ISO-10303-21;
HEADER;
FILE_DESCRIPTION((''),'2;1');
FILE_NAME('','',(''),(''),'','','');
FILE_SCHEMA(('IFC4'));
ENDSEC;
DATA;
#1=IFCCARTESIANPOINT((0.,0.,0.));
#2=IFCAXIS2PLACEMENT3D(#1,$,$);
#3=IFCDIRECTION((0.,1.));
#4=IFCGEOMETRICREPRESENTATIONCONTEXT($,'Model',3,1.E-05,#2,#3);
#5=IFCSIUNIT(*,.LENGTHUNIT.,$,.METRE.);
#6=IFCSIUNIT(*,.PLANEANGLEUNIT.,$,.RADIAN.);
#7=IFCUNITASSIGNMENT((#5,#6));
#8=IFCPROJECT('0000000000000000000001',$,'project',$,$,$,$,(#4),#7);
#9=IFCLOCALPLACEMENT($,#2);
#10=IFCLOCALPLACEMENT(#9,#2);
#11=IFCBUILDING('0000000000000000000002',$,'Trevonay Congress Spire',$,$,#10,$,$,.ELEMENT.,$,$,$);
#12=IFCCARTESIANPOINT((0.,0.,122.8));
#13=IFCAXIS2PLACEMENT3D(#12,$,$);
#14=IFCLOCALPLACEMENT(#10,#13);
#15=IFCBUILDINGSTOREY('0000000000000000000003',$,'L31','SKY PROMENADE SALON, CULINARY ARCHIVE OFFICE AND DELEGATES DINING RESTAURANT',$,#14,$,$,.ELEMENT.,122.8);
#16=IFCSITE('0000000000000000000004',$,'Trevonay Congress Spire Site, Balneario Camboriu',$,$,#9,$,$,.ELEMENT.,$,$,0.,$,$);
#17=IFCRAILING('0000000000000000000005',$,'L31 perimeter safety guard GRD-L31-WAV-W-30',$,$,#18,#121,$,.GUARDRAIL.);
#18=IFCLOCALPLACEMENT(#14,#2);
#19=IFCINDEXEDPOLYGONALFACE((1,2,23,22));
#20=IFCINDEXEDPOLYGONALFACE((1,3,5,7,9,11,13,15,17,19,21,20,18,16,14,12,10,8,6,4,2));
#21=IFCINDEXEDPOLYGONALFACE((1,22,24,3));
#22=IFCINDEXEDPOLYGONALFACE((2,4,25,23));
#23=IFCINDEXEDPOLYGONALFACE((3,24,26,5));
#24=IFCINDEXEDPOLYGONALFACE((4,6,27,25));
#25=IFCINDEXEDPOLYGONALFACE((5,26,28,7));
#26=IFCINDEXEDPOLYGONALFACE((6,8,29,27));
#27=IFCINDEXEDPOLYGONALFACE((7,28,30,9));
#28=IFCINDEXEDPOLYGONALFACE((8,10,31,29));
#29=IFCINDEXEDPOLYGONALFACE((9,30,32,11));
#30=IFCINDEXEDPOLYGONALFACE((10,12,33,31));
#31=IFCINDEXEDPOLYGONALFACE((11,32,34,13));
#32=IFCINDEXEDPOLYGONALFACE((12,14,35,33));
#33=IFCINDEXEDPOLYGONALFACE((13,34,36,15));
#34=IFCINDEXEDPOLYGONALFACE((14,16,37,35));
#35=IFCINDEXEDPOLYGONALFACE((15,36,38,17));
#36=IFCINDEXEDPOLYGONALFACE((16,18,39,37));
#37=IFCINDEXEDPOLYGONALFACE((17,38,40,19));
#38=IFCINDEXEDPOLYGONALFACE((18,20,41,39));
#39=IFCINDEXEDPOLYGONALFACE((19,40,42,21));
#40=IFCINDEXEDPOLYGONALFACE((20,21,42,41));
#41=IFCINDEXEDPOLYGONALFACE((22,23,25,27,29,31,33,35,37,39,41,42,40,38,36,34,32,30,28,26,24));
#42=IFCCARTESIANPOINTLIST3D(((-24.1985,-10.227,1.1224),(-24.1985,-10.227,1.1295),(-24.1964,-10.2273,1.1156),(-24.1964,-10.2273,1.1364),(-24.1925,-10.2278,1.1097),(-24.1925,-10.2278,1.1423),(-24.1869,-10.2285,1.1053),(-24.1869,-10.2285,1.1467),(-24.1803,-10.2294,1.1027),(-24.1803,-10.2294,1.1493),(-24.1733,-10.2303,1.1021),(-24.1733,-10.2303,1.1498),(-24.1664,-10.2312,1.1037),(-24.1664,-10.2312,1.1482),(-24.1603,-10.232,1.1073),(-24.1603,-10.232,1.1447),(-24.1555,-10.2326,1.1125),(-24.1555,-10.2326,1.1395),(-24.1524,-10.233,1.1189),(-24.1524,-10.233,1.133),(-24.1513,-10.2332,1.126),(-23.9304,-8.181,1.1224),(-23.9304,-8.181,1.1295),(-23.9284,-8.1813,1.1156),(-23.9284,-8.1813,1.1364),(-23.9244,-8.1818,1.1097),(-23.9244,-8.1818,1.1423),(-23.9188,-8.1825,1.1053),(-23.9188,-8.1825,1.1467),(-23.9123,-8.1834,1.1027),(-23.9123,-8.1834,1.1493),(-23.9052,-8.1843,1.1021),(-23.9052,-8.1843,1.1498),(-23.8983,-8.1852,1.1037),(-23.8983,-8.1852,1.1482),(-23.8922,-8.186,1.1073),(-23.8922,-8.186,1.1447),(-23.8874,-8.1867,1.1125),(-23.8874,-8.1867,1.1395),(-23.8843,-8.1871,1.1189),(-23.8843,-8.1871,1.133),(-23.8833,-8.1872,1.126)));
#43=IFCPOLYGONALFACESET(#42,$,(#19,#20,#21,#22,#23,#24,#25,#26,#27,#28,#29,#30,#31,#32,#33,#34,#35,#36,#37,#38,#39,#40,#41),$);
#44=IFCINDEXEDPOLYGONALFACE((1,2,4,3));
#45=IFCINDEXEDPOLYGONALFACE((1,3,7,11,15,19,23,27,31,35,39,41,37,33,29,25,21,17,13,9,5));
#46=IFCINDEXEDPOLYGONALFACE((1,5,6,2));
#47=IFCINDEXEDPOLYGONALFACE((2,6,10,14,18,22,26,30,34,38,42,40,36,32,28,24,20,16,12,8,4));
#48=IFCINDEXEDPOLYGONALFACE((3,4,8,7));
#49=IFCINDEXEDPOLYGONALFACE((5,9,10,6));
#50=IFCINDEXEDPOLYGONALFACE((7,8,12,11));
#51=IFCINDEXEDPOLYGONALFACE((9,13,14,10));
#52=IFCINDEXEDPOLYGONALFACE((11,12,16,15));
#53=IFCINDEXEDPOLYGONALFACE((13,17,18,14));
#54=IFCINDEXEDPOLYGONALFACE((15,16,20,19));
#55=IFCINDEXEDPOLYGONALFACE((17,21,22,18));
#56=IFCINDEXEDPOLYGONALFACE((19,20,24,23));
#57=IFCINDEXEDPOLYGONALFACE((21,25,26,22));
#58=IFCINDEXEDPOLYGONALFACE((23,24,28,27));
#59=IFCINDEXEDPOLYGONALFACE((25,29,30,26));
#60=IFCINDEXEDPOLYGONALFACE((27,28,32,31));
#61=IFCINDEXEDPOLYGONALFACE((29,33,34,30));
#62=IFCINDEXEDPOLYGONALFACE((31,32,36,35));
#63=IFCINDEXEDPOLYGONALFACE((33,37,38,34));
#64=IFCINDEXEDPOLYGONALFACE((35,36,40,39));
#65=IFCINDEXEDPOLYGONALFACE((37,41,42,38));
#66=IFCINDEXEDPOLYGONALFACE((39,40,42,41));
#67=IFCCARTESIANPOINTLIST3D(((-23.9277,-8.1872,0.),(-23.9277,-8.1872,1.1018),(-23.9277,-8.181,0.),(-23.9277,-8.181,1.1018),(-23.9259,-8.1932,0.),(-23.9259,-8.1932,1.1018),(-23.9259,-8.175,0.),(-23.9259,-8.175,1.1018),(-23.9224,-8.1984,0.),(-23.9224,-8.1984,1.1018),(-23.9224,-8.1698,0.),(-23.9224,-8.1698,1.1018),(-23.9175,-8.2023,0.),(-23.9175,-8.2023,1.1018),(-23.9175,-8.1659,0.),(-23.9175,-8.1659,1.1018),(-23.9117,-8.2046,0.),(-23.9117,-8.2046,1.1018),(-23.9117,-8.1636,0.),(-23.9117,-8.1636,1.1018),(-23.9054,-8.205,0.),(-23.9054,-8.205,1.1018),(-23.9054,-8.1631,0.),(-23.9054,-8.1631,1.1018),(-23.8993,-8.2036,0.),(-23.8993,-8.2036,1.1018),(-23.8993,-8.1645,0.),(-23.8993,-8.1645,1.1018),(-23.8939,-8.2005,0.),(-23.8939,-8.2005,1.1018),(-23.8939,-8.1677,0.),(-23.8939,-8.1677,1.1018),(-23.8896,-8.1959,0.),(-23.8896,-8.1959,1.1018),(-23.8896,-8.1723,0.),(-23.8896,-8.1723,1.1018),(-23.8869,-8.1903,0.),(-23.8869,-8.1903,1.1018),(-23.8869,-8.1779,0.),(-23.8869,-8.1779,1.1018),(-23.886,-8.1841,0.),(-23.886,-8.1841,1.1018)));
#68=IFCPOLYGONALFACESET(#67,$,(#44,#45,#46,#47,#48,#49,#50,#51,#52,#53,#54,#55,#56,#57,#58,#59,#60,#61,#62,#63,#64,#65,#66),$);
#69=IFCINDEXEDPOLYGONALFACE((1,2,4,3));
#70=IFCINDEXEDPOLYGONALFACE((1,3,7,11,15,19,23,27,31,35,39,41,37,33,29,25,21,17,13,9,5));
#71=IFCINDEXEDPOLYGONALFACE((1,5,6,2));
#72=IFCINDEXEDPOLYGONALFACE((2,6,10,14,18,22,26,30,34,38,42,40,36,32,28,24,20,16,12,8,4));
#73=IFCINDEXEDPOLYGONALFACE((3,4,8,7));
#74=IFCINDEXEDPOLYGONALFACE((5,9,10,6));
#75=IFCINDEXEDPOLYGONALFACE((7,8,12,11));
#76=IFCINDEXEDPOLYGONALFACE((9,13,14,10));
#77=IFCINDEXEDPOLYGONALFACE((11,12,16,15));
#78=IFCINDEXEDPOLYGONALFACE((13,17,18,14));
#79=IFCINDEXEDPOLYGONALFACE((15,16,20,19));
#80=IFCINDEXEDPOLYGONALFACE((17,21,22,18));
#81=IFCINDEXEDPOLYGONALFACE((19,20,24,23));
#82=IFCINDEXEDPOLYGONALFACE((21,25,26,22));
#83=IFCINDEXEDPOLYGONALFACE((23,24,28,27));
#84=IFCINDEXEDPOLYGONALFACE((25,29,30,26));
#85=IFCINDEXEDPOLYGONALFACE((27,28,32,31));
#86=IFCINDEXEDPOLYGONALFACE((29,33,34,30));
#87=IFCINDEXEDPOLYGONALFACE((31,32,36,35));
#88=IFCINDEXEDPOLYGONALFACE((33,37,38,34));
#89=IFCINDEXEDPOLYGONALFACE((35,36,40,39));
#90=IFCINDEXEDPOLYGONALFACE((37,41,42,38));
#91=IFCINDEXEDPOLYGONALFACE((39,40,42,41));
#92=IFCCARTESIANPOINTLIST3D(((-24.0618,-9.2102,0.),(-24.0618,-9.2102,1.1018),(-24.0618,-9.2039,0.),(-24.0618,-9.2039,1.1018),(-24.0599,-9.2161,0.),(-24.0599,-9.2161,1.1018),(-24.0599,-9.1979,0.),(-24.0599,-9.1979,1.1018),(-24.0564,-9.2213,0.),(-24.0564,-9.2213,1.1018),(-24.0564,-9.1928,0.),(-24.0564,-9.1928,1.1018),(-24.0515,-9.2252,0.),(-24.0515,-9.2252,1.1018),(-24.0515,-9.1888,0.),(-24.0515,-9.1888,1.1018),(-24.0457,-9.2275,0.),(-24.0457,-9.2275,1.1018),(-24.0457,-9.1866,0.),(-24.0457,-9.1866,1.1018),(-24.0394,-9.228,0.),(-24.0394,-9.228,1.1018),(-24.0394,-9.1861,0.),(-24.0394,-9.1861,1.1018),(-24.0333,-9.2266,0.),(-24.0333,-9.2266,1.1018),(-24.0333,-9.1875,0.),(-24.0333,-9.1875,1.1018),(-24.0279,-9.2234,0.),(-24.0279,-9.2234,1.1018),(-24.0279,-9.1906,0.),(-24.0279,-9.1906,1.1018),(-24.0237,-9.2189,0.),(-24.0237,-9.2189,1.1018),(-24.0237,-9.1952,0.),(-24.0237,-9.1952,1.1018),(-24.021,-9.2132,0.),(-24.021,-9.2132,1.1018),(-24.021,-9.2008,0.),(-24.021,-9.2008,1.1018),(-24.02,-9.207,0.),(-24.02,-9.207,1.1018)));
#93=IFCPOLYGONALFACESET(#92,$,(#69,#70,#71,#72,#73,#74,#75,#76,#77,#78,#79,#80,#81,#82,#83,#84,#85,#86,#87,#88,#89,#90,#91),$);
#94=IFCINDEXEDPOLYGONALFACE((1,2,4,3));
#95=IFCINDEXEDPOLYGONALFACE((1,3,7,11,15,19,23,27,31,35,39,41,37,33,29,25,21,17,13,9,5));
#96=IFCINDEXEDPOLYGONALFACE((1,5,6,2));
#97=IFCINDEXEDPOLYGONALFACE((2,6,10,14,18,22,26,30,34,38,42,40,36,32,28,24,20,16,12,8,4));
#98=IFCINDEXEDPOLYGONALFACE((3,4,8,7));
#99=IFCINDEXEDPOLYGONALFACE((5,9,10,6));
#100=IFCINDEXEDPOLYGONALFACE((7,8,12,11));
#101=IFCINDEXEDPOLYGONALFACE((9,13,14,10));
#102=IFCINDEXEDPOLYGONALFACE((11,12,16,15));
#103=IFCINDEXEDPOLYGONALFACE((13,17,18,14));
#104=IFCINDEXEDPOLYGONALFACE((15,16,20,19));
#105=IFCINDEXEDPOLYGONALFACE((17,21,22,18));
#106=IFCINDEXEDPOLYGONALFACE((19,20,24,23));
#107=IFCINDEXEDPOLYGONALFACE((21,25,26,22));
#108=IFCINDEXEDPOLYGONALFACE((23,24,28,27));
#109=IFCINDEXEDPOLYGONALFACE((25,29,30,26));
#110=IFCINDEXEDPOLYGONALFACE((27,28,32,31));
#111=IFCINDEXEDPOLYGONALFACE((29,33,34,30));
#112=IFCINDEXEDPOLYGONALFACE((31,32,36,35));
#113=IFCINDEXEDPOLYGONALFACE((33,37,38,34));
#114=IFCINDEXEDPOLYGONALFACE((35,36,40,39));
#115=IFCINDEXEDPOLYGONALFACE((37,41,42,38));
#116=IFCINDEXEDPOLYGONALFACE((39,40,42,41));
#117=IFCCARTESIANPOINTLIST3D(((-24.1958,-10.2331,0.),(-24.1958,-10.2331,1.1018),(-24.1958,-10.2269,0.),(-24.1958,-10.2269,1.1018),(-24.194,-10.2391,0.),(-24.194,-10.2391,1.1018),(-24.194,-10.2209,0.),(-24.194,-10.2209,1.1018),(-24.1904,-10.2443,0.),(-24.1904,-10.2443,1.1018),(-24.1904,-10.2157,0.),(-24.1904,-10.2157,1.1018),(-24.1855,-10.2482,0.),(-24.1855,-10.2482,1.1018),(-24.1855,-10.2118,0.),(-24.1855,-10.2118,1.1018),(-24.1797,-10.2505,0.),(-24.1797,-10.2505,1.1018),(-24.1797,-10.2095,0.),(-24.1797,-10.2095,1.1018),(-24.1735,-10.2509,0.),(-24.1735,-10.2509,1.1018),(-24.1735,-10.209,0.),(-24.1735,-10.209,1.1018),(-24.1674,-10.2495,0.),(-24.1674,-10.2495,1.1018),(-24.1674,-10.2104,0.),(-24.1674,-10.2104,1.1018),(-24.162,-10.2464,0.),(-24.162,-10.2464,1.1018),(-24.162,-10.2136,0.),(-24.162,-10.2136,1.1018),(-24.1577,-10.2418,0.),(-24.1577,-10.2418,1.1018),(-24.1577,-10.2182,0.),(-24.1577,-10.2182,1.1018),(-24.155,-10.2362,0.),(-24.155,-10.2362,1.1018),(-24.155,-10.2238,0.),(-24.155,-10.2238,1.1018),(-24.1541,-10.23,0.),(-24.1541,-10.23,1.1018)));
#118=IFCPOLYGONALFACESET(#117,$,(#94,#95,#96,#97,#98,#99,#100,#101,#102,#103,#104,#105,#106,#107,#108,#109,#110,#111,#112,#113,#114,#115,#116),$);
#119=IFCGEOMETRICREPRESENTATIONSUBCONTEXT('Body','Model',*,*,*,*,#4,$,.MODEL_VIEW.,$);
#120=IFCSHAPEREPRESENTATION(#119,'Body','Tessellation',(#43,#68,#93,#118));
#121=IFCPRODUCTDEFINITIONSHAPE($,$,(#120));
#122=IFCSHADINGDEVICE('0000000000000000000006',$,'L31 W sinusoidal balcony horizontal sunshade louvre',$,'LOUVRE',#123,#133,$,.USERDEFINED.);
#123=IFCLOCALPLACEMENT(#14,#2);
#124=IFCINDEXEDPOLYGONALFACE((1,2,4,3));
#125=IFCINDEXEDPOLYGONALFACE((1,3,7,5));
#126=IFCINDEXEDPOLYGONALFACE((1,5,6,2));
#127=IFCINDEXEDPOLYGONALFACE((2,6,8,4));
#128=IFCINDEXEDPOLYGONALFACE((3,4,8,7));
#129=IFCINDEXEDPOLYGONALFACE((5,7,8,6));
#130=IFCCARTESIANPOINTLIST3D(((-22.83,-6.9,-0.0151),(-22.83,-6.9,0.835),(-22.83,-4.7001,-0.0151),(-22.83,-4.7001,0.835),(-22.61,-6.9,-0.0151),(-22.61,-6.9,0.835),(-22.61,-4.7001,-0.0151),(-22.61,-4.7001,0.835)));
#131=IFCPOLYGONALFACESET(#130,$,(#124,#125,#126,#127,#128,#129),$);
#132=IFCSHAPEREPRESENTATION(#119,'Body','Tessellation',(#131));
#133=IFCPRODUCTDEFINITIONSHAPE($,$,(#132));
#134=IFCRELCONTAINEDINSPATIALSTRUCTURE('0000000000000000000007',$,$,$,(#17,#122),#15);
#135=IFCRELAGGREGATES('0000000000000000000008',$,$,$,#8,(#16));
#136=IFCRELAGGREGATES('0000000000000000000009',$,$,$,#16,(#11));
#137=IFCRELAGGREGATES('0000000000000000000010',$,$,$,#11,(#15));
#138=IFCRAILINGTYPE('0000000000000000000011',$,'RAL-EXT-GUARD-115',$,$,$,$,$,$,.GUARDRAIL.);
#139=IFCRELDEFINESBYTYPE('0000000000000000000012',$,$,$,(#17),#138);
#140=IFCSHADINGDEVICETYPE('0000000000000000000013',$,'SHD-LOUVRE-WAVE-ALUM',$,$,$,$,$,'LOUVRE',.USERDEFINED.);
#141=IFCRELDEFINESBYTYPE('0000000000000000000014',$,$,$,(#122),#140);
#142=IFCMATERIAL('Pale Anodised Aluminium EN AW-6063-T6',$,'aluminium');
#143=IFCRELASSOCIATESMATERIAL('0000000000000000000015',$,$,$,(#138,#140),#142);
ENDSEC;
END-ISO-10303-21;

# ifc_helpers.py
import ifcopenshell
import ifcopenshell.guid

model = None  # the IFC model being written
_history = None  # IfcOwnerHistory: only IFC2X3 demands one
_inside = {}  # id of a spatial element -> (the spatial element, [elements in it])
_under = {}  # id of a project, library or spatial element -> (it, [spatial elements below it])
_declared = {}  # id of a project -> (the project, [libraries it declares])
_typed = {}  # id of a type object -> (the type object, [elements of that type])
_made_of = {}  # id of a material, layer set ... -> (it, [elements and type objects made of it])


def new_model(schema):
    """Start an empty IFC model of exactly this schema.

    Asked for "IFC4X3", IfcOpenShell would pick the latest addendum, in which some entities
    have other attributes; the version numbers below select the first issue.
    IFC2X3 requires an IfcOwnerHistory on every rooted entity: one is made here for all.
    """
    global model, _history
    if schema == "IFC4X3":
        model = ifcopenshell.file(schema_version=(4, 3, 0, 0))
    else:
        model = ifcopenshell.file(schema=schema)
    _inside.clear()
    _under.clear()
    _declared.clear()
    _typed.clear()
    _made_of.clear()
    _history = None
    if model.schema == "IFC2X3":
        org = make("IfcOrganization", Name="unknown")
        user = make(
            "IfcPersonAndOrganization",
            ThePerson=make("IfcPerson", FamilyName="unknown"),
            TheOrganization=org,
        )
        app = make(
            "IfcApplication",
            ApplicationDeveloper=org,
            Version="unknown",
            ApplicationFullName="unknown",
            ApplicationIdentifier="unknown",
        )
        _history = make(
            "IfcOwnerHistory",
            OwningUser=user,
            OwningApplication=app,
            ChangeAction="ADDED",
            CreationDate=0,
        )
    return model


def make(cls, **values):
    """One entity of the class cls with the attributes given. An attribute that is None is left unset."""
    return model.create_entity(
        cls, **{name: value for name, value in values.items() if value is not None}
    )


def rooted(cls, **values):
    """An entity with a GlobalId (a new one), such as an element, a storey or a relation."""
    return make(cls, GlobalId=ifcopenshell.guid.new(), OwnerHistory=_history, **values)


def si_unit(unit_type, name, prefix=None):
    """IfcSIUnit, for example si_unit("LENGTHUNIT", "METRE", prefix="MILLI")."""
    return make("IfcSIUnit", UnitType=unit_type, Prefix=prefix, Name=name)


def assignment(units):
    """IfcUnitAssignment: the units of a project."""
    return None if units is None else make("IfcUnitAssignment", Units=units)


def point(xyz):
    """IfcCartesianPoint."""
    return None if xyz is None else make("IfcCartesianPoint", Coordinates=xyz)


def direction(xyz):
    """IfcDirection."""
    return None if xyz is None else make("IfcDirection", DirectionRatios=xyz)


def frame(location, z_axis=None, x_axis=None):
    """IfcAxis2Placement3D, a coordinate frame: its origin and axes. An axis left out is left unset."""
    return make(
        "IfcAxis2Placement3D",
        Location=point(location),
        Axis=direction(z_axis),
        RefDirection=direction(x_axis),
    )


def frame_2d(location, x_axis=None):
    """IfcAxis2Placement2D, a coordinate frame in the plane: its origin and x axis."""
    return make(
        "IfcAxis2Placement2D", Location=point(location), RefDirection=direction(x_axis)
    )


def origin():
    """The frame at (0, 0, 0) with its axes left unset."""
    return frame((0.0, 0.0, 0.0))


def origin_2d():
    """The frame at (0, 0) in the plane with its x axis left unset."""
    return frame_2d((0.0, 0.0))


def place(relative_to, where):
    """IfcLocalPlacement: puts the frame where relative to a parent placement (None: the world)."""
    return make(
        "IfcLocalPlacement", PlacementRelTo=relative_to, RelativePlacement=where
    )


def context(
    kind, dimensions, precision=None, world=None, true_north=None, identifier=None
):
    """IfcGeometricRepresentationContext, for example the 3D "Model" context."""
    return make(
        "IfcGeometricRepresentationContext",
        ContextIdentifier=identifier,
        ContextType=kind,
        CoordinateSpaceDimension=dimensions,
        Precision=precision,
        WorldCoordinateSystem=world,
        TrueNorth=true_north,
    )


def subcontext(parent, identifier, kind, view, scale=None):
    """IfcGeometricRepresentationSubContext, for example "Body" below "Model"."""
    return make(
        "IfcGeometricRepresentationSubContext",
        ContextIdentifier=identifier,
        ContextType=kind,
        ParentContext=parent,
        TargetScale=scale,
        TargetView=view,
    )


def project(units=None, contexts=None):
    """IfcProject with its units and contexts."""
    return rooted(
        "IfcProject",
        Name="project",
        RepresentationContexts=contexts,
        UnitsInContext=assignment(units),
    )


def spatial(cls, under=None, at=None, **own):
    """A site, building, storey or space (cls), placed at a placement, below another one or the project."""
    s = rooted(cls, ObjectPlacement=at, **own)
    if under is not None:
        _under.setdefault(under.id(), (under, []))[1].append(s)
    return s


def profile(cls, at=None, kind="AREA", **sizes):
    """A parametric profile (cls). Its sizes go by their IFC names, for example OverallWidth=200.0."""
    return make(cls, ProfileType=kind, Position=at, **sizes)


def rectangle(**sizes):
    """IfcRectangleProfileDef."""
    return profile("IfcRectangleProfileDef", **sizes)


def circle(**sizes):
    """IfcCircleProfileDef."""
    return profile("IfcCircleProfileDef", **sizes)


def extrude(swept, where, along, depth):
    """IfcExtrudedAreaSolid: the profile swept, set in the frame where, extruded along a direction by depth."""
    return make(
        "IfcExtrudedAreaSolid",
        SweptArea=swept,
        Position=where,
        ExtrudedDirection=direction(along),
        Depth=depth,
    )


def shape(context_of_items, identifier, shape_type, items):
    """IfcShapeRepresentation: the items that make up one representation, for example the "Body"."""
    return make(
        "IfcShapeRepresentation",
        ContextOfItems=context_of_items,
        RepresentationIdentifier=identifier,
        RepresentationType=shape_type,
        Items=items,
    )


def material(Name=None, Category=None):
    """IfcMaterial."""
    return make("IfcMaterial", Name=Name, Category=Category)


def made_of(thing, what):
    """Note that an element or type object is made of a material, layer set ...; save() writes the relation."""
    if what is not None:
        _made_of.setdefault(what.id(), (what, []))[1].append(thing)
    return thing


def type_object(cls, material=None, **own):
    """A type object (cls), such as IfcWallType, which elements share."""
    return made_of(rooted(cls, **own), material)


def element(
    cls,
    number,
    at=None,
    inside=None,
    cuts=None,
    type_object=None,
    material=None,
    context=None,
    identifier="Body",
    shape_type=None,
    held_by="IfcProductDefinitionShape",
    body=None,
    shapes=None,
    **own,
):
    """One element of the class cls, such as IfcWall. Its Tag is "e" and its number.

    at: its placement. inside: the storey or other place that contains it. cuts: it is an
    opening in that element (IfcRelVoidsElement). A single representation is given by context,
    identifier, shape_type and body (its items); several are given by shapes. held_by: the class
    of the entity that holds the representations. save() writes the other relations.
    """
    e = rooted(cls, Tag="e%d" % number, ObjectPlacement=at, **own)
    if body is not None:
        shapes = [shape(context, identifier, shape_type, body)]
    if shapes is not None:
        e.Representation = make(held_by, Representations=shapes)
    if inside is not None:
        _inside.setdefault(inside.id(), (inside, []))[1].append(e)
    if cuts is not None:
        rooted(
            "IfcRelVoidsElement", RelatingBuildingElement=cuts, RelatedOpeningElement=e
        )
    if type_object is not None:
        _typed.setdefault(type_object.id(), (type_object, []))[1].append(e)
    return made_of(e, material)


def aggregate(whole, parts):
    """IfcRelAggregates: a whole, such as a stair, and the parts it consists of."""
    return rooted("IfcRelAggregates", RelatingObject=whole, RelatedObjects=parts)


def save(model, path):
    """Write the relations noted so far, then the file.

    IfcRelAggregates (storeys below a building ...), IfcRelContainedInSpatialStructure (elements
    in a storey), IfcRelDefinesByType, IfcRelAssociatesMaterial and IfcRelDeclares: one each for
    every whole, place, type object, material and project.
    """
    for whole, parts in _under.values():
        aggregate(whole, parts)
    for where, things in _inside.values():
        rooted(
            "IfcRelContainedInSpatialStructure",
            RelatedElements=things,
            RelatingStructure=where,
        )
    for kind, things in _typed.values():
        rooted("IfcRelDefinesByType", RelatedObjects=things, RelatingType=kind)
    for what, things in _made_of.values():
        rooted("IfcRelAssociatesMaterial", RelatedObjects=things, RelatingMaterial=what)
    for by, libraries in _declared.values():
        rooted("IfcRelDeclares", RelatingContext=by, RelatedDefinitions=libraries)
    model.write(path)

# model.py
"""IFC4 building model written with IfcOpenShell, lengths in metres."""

from ifc_helpers import new_model, si_unit, direction, frame, origin, origin_2d, place, context, subcontext, project, spatial, rectangle, circle, extrude, material, type_object, element, save


model = new_model("IFC4")

# Units and contexts
model_context = context("Model", 3, precision=1e-05, world=origin(), true_north=direction((0.0, 1.0)))
body_context = subcontext(model_context, "Body", "Model", "MODEL_VIEW")
ifc_project = project(units=[si_unit("LENGTHUNIT", "METRE"), si_unit("PLANEANGLEUNIT", "RADIAN")], contexts=[model_context])

# Site, building, storey
site_placement = place(None, origin())
site = spatial("IfcSite", under=ifc_project, at=site_placement, Name="Trevonay Congress Spire Site, Balneario Camboriu", CompositionType="ELEMENT", RefElevation=0.0)
building_placement = place(site_placement, origin())
building = spatial("IfcBuilding", under=site, at=building_placement, Name="Trevonay Congress Spire", CompositionType="ELEMENT")
storey_placement = place(building_placement, frame((0.0, 0.0, 122.8)))
storey = spatial("IfcBuildingStorey", under=building, at=storey_placement, Name="L31", Description="SKY PROMENADE SALON, CULINARY ARCHIVE OFFICE AND DELEGATES DINING RESTAURANT", CompositionType="ELEMENT", Elevation=122.8)

# Shared definitions
ifc_material_1 = material(Name="Pale Anodised Aluminium EN AW-6063-T6", Category="aluminium")

# Railing
railing_type = type_object("IfcRailingType", Name="RAL-EXT-GUARD-115", PredefinedType="GUARDRAIL", material=ifc_material_1)
railing_1_placement = place(storey_placement, frame((-23.907, -8.1841, 0.0)))
element("IfcRailing", 1, at=railing_1_placement, inside=storey, type_object=railing_type, Name="L31 perimeter safety guard GRD-L31-WAV-W-30", PredefinedType="GUARDRAIL", context=body_context, shape_type="SweptSolid", body=[
    extrude(circle(Radius=0.0239, at=origin_2d()), frame((0.0, 0.0, 1.126), z_axis=(-0.129916, -0.991525, 0.0), x_axis=(0.991525, -0.129916, 0.0)), (0.0, 0.0, 1.0), 2.0635),
    extrude(circle(Radius=0.021, at=origin_2d()), origin(), (0.0, 0.0, 1.0), 1.1018),
    extrude(circle(Radius=0.021, at=origin_2d()), frame((-0.134, -1.0229, 0.0)), (0.0, 0.0, 1.0), 1.1018),
    extrude(circle(Radius=0.021, at=origin_2d()), frame((-0.2681, -2.0459, 0.0)), (0.0, 0.0, 1.0), 1.1018),
])

# Shading device
shading_device_type = type_object("IfcShadingDeviceType", Name="SHD-LOUVRE-WAVE-ALUM", ElementType="LOUVRE", PredefinedType="USERDEFINED", material=ifc_material_1)
shading_device_placement = place(storey_placement, frame((-22.72, -5.8, -0.0151), z_axis=(0.0, 0.0, 1.0), x_axis=(0.0, 1.0, 0.0)))
element("IfcShadingDevice", 2, at=shading_device_placement, inside=storey, type_object=shading_device_type, Name="L31 W sinusoidal balcony horizontal sunshade louvre", ObjectType="LOUVRE", PredefinedType="USERDEFINED", context=body_context, shape_type="SweptSolid", body=[
    extrude(rectangle(XDim=2.2, YDim=0.22, at=origin_2d()), origin(), (0.0, 0.0, 1.0), 0.8501),
])

save(model, "model.ifc")
